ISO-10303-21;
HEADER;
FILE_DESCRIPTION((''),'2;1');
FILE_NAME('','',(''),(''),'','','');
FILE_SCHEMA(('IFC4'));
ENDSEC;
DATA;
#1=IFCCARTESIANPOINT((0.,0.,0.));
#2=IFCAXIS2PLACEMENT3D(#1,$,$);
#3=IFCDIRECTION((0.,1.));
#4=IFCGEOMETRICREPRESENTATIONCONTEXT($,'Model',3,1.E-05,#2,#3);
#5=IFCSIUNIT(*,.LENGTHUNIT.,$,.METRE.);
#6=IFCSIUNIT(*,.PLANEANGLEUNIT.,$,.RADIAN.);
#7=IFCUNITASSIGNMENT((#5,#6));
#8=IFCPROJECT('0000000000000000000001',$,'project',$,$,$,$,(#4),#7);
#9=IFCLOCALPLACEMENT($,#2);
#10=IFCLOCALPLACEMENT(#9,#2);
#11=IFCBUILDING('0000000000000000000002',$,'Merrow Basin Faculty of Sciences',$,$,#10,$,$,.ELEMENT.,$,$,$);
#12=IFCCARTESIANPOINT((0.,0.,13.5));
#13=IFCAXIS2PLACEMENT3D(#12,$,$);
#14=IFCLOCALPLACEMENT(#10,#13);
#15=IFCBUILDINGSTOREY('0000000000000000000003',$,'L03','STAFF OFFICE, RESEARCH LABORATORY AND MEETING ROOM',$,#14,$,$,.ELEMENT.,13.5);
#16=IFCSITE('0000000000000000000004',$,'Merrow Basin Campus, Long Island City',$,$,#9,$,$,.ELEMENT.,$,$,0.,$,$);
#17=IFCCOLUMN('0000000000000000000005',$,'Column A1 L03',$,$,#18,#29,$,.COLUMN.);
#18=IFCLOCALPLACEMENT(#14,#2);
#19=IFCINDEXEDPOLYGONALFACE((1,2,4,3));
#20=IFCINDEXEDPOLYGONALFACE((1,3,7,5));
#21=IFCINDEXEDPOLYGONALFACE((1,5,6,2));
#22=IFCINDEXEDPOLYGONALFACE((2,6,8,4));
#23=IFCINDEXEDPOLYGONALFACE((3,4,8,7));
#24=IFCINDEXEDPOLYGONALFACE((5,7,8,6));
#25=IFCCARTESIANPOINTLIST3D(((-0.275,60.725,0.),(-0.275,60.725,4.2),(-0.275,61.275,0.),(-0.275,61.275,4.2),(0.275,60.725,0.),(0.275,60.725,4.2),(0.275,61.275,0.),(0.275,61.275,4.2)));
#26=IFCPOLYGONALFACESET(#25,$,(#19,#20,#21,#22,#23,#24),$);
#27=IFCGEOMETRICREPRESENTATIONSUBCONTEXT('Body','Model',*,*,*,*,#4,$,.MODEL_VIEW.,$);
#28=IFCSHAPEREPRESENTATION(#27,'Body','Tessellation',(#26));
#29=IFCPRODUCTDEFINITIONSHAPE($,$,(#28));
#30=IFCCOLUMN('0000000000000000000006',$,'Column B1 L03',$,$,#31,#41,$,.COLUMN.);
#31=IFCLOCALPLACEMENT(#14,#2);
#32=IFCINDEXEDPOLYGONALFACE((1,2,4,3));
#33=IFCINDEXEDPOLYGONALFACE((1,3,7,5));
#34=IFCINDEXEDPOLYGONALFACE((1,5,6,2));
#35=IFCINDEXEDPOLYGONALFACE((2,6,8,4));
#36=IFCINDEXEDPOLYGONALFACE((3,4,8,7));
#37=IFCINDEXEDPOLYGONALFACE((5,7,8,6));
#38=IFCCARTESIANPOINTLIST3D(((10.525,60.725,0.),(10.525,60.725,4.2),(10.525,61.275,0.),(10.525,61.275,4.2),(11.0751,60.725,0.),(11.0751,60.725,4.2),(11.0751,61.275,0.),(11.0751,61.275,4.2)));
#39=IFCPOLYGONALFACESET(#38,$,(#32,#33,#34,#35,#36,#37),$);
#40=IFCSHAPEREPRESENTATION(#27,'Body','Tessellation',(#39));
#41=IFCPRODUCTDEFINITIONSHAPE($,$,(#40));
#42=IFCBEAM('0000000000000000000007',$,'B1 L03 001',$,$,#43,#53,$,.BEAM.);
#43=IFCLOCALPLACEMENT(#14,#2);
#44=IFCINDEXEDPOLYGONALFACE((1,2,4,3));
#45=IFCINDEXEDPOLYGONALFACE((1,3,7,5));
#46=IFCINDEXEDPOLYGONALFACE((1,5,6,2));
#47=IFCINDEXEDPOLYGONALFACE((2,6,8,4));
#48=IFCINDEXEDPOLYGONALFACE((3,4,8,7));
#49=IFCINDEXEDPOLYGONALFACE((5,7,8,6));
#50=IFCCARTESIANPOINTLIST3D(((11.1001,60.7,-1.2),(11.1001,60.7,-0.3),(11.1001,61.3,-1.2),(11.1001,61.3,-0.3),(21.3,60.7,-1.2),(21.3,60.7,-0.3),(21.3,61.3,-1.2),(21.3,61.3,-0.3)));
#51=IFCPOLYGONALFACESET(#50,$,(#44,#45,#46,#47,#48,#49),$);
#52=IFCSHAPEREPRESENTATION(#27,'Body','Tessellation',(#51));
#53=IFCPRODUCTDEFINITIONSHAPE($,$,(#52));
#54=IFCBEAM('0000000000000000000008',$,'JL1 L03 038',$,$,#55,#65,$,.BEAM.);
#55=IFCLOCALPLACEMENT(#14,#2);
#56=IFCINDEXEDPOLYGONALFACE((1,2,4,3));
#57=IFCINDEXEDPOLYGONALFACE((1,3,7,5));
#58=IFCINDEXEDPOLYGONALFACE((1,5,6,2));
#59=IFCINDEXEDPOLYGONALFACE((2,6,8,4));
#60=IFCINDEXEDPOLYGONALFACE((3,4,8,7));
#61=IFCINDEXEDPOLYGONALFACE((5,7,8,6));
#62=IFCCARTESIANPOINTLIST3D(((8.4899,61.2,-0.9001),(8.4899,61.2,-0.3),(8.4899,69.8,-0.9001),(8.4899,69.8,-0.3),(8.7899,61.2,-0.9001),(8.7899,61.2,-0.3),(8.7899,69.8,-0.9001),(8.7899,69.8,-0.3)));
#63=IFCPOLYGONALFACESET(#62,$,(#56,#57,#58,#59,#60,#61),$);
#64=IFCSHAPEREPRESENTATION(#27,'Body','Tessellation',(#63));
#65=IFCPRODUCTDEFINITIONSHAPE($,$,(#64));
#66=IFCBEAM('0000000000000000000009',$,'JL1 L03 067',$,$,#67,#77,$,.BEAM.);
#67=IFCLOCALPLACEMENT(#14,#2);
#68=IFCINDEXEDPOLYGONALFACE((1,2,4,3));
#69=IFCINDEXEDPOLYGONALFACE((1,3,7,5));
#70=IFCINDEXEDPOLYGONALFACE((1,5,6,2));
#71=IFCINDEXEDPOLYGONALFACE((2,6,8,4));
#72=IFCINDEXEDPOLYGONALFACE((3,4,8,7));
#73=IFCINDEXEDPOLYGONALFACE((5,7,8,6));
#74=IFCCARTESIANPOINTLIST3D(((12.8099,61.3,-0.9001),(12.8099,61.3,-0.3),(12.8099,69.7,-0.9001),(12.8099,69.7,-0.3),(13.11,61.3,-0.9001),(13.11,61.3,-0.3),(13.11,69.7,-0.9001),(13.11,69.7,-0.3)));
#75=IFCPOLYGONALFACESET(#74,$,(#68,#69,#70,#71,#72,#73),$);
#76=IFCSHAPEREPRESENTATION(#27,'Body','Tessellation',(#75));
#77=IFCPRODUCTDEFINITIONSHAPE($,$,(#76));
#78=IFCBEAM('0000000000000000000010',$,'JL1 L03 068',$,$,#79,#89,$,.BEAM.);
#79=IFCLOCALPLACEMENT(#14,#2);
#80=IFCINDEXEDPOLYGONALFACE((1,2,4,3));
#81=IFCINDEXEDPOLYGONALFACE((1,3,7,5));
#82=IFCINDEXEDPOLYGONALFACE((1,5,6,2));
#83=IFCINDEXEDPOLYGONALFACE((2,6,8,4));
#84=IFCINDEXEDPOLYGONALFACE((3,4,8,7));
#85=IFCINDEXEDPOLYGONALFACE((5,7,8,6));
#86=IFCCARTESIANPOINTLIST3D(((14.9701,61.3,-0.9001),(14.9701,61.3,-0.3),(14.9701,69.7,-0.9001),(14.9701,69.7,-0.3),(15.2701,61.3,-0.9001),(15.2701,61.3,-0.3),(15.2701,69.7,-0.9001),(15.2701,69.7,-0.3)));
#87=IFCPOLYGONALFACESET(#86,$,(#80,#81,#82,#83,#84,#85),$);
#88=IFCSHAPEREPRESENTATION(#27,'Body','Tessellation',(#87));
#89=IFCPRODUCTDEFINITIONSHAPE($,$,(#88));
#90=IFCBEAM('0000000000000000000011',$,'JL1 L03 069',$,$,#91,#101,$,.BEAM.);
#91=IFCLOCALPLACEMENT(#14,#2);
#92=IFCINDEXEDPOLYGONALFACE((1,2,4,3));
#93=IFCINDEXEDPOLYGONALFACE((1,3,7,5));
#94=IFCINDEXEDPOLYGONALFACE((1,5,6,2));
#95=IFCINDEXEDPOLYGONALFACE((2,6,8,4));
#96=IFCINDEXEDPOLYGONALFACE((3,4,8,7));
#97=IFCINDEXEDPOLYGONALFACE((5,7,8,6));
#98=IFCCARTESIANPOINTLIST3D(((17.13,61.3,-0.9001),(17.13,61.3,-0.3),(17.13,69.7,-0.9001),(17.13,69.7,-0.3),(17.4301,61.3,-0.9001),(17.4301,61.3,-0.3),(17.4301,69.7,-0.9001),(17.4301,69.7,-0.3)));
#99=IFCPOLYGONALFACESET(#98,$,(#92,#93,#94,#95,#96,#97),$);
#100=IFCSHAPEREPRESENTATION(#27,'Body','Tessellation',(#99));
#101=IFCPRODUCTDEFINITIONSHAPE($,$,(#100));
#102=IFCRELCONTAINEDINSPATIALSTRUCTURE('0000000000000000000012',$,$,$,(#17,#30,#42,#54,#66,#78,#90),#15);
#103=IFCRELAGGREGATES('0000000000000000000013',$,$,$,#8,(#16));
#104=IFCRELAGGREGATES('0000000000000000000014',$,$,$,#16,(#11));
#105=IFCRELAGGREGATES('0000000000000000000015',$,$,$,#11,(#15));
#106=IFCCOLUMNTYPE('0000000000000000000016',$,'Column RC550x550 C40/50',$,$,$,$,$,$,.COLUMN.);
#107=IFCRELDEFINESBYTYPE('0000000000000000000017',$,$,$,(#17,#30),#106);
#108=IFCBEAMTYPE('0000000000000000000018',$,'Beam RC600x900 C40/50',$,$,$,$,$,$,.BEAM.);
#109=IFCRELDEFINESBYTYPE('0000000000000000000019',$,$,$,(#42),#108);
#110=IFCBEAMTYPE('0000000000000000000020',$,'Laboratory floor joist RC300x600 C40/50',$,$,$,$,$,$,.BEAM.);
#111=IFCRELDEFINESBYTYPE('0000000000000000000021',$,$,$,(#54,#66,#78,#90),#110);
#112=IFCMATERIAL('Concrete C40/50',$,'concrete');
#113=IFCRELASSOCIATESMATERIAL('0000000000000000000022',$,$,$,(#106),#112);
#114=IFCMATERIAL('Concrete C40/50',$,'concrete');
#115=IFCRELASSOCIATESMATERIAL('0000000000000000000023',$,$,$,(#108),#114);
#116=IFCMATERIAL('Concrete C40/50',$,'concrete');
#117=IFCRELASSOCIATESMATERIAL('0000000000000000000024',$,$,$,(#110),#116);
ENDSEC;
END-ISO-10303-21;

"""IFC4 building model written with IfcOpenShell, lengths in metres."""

from ifc_helpers import new_model, si_unit, direction, frame, origin, origin_2d, place, context, subcontext, project, spatial, rectangle, extrude, material, material_profile, profile_set, type_object, element, save


model = new_model("IFC4")

# Units and contexts
model_context = context("Model", 3, precision=1e-05, world=origin(), true_north=direction((0.0, 1.0)))
body_context = subcontext(model_context, "Body", "Model", "MODEL_VIEW")
ifc_project = project(units=[si_unit("LENGTHUNIT", "METRE"), si_unit("PLANEANGLEUNIT", "RADIAN")], contexts=[model_context])

# Site, building, storey
site_placement = place(None, origin())
site = spatial("IfcSite", under=ifc_project, at=site_placement, Name="Merrow Basin Campus, Long Island City", CompositionType="ELEMENT", RefElevation=0.0)
building_placement = place(site_placement, origin())
building = spatial("IfcBuilding", under=site, at=building_placement, Name="Merrow Basin Faculty of Sciences", CompositionType="ELEMENT")
storey_placement = place(building_placement, frame((0.0, 0.0, 13.5)))
storey = spatial("IfcBuildingStorey", under=building, at=storey_placement, Name="L03", Description="STAFF OFFICE, RESEARCH LABORATORY AND MEETING ROOM", CompositionType="ELEMENT", Elevation=13.5)

# Columns
ifc_material_1 = material(Name="Concrete C40/50", Category="concrete")
ifc_material_profile_1 = material_profile(ifc_material_1, rectangle(XDim=0.55, YDim=0.55, at=origin_2d()))
ifc_profile_set_1 = profile_set([ifc_material_profile_1], Name="Concrete C40/50")
column_type = type_object("IfcColumnType", Name="Column RC550x550 C40/50", PredefinedType="COLUMN", material=ifc_profile_set_1)
for number, where, z_axis, x_axis, name in (
    (1, (0.0, 61.0, 0.0), (0.0, 0.0, 1.0), (1.0, 0.0, 0.0), "Column A1 L03"),
    (2, (10.8, 61.0, 0.0), (0.0, 0.0, 1.0), (1.0, 0.0, 0.0), "Column B1 L03"),
):
    element("IfcColumn", number, at=place(storey_placement, frame(where, z_axis=z_axis, x_axis=x_axis)), inside=storey, type_object=column_type, Name=name, PredefinedType="COLUMN", context=body_context, shape_type="SweptSolid", body=[
        extrude(rectangle(XDim=0.55, YDim=0.55, at=origin_2d()), origin(), (0.0, 0.0, 1.0), 4.2),
    ])

# Beams
ifc_material_2 = material(Name="Concrete C40/50", Category="concrete")
ifc_material_profile_2 = material_profile(ifc_material_2, rectangle(XDim=0.6001, YDim=0.8999, at=origin_2d()))
ifc_profile_set_2 = profile_set([ifc_material_profile_2], Name="Concrete C40/50")
beam_type_1 = type_object("IfcBeamType", Name="Beam RC600x900 C40/50", PredefinedType="BEAM", material=ifc_profile_set_2)
beam_1_placement = place(storey_placement, frame((11.1001, 61.0, -0.75), z_axis=(1.0, 0.0, 0.0), x_axis=(0.0, 1.0, 0.0)))
element("IfcBeam", 3, at=beam_1_placement, inside=storey, type_object=beam_type_1, Name="B1 L03 001", PredefinedType="BEAM", context=body_context, shape_type="SweptSolid", body=[
    extrude(rectangle(XDim=0.6001, YDim=0.8999, at=origin_2d()), origin(), (0.0, 0.0, 1.0), 10.2),
])
ifc_material_3 = material(Name="Concrete C40/50", Category="concrete")
ifc_material_profile_3 = material_profile(ifc_material_3, rectangle(XDim=0.3, YDim=0.6001, at=origin_2d()))
ifc_profile_set_3 = profile_set([ifc_material_profile_3], Name="Concrete C40/50")
beam_type_2 = type_object("IfcBeamType", Name="Laboratory floor joist RC300x600 C40/50", PredefinedType="BEAM", material=ifc_profile_set_3)
beam_2_placement = place(storey_placement, frame((8.6399, 61.2, -0.6001), z_axis=(0.0, 1.0, 0.0), x_axis=(-1.0, 0.0, 0.0)))
element("IfcBeam", 4, at=beam_2_placement, inside=storey, type_object=beam_type_2, Name="JL1 L03 038", PredefinedType="BEAM", context=body_context, shape_type="SweptSolid", body=[
    extrude(rectangle(XDim=0.3, YDim=0.6001, at=origin_2d()), origin(), (0.0, 0.0, 1.0), 8.6001),
])
for number, where, z_axis, x_axis, name in (
    (5, (12.96, 61.3, -0.6001), (0.0, 1.0, 0.0), (-1.0, 0.0, 0.0), "JL1 L03 067"),
    (6, (15.1201, 61.3, -0.6001), (0.0, 1.0, 0.0), (-1.0, 0.0, 0.0), "JL1 L03 068"),
    (7, (17.28, 61.3, -0.6001), (0.0, 1.0, 0.0), (-1.0, 0.0, 0.0), "JL1 L03 069"),
):
    element("IfcBeam", number, at=place(storey_placement, frame(where, z_axis=z_axis, x_axis=x_axis)), inside=storey, type_object=beam_type_2, Name=name, PredefinedType="BEAM", context=body_context, shape_type="SweptSolid", body=[
        extrude(rectangle(XDim=0.3, YDim=0.6001, at=origin_2d()), origin(), (0.0, 0.0, 1.0), 8.3999),
    ])

save(model, "model.ifc")
